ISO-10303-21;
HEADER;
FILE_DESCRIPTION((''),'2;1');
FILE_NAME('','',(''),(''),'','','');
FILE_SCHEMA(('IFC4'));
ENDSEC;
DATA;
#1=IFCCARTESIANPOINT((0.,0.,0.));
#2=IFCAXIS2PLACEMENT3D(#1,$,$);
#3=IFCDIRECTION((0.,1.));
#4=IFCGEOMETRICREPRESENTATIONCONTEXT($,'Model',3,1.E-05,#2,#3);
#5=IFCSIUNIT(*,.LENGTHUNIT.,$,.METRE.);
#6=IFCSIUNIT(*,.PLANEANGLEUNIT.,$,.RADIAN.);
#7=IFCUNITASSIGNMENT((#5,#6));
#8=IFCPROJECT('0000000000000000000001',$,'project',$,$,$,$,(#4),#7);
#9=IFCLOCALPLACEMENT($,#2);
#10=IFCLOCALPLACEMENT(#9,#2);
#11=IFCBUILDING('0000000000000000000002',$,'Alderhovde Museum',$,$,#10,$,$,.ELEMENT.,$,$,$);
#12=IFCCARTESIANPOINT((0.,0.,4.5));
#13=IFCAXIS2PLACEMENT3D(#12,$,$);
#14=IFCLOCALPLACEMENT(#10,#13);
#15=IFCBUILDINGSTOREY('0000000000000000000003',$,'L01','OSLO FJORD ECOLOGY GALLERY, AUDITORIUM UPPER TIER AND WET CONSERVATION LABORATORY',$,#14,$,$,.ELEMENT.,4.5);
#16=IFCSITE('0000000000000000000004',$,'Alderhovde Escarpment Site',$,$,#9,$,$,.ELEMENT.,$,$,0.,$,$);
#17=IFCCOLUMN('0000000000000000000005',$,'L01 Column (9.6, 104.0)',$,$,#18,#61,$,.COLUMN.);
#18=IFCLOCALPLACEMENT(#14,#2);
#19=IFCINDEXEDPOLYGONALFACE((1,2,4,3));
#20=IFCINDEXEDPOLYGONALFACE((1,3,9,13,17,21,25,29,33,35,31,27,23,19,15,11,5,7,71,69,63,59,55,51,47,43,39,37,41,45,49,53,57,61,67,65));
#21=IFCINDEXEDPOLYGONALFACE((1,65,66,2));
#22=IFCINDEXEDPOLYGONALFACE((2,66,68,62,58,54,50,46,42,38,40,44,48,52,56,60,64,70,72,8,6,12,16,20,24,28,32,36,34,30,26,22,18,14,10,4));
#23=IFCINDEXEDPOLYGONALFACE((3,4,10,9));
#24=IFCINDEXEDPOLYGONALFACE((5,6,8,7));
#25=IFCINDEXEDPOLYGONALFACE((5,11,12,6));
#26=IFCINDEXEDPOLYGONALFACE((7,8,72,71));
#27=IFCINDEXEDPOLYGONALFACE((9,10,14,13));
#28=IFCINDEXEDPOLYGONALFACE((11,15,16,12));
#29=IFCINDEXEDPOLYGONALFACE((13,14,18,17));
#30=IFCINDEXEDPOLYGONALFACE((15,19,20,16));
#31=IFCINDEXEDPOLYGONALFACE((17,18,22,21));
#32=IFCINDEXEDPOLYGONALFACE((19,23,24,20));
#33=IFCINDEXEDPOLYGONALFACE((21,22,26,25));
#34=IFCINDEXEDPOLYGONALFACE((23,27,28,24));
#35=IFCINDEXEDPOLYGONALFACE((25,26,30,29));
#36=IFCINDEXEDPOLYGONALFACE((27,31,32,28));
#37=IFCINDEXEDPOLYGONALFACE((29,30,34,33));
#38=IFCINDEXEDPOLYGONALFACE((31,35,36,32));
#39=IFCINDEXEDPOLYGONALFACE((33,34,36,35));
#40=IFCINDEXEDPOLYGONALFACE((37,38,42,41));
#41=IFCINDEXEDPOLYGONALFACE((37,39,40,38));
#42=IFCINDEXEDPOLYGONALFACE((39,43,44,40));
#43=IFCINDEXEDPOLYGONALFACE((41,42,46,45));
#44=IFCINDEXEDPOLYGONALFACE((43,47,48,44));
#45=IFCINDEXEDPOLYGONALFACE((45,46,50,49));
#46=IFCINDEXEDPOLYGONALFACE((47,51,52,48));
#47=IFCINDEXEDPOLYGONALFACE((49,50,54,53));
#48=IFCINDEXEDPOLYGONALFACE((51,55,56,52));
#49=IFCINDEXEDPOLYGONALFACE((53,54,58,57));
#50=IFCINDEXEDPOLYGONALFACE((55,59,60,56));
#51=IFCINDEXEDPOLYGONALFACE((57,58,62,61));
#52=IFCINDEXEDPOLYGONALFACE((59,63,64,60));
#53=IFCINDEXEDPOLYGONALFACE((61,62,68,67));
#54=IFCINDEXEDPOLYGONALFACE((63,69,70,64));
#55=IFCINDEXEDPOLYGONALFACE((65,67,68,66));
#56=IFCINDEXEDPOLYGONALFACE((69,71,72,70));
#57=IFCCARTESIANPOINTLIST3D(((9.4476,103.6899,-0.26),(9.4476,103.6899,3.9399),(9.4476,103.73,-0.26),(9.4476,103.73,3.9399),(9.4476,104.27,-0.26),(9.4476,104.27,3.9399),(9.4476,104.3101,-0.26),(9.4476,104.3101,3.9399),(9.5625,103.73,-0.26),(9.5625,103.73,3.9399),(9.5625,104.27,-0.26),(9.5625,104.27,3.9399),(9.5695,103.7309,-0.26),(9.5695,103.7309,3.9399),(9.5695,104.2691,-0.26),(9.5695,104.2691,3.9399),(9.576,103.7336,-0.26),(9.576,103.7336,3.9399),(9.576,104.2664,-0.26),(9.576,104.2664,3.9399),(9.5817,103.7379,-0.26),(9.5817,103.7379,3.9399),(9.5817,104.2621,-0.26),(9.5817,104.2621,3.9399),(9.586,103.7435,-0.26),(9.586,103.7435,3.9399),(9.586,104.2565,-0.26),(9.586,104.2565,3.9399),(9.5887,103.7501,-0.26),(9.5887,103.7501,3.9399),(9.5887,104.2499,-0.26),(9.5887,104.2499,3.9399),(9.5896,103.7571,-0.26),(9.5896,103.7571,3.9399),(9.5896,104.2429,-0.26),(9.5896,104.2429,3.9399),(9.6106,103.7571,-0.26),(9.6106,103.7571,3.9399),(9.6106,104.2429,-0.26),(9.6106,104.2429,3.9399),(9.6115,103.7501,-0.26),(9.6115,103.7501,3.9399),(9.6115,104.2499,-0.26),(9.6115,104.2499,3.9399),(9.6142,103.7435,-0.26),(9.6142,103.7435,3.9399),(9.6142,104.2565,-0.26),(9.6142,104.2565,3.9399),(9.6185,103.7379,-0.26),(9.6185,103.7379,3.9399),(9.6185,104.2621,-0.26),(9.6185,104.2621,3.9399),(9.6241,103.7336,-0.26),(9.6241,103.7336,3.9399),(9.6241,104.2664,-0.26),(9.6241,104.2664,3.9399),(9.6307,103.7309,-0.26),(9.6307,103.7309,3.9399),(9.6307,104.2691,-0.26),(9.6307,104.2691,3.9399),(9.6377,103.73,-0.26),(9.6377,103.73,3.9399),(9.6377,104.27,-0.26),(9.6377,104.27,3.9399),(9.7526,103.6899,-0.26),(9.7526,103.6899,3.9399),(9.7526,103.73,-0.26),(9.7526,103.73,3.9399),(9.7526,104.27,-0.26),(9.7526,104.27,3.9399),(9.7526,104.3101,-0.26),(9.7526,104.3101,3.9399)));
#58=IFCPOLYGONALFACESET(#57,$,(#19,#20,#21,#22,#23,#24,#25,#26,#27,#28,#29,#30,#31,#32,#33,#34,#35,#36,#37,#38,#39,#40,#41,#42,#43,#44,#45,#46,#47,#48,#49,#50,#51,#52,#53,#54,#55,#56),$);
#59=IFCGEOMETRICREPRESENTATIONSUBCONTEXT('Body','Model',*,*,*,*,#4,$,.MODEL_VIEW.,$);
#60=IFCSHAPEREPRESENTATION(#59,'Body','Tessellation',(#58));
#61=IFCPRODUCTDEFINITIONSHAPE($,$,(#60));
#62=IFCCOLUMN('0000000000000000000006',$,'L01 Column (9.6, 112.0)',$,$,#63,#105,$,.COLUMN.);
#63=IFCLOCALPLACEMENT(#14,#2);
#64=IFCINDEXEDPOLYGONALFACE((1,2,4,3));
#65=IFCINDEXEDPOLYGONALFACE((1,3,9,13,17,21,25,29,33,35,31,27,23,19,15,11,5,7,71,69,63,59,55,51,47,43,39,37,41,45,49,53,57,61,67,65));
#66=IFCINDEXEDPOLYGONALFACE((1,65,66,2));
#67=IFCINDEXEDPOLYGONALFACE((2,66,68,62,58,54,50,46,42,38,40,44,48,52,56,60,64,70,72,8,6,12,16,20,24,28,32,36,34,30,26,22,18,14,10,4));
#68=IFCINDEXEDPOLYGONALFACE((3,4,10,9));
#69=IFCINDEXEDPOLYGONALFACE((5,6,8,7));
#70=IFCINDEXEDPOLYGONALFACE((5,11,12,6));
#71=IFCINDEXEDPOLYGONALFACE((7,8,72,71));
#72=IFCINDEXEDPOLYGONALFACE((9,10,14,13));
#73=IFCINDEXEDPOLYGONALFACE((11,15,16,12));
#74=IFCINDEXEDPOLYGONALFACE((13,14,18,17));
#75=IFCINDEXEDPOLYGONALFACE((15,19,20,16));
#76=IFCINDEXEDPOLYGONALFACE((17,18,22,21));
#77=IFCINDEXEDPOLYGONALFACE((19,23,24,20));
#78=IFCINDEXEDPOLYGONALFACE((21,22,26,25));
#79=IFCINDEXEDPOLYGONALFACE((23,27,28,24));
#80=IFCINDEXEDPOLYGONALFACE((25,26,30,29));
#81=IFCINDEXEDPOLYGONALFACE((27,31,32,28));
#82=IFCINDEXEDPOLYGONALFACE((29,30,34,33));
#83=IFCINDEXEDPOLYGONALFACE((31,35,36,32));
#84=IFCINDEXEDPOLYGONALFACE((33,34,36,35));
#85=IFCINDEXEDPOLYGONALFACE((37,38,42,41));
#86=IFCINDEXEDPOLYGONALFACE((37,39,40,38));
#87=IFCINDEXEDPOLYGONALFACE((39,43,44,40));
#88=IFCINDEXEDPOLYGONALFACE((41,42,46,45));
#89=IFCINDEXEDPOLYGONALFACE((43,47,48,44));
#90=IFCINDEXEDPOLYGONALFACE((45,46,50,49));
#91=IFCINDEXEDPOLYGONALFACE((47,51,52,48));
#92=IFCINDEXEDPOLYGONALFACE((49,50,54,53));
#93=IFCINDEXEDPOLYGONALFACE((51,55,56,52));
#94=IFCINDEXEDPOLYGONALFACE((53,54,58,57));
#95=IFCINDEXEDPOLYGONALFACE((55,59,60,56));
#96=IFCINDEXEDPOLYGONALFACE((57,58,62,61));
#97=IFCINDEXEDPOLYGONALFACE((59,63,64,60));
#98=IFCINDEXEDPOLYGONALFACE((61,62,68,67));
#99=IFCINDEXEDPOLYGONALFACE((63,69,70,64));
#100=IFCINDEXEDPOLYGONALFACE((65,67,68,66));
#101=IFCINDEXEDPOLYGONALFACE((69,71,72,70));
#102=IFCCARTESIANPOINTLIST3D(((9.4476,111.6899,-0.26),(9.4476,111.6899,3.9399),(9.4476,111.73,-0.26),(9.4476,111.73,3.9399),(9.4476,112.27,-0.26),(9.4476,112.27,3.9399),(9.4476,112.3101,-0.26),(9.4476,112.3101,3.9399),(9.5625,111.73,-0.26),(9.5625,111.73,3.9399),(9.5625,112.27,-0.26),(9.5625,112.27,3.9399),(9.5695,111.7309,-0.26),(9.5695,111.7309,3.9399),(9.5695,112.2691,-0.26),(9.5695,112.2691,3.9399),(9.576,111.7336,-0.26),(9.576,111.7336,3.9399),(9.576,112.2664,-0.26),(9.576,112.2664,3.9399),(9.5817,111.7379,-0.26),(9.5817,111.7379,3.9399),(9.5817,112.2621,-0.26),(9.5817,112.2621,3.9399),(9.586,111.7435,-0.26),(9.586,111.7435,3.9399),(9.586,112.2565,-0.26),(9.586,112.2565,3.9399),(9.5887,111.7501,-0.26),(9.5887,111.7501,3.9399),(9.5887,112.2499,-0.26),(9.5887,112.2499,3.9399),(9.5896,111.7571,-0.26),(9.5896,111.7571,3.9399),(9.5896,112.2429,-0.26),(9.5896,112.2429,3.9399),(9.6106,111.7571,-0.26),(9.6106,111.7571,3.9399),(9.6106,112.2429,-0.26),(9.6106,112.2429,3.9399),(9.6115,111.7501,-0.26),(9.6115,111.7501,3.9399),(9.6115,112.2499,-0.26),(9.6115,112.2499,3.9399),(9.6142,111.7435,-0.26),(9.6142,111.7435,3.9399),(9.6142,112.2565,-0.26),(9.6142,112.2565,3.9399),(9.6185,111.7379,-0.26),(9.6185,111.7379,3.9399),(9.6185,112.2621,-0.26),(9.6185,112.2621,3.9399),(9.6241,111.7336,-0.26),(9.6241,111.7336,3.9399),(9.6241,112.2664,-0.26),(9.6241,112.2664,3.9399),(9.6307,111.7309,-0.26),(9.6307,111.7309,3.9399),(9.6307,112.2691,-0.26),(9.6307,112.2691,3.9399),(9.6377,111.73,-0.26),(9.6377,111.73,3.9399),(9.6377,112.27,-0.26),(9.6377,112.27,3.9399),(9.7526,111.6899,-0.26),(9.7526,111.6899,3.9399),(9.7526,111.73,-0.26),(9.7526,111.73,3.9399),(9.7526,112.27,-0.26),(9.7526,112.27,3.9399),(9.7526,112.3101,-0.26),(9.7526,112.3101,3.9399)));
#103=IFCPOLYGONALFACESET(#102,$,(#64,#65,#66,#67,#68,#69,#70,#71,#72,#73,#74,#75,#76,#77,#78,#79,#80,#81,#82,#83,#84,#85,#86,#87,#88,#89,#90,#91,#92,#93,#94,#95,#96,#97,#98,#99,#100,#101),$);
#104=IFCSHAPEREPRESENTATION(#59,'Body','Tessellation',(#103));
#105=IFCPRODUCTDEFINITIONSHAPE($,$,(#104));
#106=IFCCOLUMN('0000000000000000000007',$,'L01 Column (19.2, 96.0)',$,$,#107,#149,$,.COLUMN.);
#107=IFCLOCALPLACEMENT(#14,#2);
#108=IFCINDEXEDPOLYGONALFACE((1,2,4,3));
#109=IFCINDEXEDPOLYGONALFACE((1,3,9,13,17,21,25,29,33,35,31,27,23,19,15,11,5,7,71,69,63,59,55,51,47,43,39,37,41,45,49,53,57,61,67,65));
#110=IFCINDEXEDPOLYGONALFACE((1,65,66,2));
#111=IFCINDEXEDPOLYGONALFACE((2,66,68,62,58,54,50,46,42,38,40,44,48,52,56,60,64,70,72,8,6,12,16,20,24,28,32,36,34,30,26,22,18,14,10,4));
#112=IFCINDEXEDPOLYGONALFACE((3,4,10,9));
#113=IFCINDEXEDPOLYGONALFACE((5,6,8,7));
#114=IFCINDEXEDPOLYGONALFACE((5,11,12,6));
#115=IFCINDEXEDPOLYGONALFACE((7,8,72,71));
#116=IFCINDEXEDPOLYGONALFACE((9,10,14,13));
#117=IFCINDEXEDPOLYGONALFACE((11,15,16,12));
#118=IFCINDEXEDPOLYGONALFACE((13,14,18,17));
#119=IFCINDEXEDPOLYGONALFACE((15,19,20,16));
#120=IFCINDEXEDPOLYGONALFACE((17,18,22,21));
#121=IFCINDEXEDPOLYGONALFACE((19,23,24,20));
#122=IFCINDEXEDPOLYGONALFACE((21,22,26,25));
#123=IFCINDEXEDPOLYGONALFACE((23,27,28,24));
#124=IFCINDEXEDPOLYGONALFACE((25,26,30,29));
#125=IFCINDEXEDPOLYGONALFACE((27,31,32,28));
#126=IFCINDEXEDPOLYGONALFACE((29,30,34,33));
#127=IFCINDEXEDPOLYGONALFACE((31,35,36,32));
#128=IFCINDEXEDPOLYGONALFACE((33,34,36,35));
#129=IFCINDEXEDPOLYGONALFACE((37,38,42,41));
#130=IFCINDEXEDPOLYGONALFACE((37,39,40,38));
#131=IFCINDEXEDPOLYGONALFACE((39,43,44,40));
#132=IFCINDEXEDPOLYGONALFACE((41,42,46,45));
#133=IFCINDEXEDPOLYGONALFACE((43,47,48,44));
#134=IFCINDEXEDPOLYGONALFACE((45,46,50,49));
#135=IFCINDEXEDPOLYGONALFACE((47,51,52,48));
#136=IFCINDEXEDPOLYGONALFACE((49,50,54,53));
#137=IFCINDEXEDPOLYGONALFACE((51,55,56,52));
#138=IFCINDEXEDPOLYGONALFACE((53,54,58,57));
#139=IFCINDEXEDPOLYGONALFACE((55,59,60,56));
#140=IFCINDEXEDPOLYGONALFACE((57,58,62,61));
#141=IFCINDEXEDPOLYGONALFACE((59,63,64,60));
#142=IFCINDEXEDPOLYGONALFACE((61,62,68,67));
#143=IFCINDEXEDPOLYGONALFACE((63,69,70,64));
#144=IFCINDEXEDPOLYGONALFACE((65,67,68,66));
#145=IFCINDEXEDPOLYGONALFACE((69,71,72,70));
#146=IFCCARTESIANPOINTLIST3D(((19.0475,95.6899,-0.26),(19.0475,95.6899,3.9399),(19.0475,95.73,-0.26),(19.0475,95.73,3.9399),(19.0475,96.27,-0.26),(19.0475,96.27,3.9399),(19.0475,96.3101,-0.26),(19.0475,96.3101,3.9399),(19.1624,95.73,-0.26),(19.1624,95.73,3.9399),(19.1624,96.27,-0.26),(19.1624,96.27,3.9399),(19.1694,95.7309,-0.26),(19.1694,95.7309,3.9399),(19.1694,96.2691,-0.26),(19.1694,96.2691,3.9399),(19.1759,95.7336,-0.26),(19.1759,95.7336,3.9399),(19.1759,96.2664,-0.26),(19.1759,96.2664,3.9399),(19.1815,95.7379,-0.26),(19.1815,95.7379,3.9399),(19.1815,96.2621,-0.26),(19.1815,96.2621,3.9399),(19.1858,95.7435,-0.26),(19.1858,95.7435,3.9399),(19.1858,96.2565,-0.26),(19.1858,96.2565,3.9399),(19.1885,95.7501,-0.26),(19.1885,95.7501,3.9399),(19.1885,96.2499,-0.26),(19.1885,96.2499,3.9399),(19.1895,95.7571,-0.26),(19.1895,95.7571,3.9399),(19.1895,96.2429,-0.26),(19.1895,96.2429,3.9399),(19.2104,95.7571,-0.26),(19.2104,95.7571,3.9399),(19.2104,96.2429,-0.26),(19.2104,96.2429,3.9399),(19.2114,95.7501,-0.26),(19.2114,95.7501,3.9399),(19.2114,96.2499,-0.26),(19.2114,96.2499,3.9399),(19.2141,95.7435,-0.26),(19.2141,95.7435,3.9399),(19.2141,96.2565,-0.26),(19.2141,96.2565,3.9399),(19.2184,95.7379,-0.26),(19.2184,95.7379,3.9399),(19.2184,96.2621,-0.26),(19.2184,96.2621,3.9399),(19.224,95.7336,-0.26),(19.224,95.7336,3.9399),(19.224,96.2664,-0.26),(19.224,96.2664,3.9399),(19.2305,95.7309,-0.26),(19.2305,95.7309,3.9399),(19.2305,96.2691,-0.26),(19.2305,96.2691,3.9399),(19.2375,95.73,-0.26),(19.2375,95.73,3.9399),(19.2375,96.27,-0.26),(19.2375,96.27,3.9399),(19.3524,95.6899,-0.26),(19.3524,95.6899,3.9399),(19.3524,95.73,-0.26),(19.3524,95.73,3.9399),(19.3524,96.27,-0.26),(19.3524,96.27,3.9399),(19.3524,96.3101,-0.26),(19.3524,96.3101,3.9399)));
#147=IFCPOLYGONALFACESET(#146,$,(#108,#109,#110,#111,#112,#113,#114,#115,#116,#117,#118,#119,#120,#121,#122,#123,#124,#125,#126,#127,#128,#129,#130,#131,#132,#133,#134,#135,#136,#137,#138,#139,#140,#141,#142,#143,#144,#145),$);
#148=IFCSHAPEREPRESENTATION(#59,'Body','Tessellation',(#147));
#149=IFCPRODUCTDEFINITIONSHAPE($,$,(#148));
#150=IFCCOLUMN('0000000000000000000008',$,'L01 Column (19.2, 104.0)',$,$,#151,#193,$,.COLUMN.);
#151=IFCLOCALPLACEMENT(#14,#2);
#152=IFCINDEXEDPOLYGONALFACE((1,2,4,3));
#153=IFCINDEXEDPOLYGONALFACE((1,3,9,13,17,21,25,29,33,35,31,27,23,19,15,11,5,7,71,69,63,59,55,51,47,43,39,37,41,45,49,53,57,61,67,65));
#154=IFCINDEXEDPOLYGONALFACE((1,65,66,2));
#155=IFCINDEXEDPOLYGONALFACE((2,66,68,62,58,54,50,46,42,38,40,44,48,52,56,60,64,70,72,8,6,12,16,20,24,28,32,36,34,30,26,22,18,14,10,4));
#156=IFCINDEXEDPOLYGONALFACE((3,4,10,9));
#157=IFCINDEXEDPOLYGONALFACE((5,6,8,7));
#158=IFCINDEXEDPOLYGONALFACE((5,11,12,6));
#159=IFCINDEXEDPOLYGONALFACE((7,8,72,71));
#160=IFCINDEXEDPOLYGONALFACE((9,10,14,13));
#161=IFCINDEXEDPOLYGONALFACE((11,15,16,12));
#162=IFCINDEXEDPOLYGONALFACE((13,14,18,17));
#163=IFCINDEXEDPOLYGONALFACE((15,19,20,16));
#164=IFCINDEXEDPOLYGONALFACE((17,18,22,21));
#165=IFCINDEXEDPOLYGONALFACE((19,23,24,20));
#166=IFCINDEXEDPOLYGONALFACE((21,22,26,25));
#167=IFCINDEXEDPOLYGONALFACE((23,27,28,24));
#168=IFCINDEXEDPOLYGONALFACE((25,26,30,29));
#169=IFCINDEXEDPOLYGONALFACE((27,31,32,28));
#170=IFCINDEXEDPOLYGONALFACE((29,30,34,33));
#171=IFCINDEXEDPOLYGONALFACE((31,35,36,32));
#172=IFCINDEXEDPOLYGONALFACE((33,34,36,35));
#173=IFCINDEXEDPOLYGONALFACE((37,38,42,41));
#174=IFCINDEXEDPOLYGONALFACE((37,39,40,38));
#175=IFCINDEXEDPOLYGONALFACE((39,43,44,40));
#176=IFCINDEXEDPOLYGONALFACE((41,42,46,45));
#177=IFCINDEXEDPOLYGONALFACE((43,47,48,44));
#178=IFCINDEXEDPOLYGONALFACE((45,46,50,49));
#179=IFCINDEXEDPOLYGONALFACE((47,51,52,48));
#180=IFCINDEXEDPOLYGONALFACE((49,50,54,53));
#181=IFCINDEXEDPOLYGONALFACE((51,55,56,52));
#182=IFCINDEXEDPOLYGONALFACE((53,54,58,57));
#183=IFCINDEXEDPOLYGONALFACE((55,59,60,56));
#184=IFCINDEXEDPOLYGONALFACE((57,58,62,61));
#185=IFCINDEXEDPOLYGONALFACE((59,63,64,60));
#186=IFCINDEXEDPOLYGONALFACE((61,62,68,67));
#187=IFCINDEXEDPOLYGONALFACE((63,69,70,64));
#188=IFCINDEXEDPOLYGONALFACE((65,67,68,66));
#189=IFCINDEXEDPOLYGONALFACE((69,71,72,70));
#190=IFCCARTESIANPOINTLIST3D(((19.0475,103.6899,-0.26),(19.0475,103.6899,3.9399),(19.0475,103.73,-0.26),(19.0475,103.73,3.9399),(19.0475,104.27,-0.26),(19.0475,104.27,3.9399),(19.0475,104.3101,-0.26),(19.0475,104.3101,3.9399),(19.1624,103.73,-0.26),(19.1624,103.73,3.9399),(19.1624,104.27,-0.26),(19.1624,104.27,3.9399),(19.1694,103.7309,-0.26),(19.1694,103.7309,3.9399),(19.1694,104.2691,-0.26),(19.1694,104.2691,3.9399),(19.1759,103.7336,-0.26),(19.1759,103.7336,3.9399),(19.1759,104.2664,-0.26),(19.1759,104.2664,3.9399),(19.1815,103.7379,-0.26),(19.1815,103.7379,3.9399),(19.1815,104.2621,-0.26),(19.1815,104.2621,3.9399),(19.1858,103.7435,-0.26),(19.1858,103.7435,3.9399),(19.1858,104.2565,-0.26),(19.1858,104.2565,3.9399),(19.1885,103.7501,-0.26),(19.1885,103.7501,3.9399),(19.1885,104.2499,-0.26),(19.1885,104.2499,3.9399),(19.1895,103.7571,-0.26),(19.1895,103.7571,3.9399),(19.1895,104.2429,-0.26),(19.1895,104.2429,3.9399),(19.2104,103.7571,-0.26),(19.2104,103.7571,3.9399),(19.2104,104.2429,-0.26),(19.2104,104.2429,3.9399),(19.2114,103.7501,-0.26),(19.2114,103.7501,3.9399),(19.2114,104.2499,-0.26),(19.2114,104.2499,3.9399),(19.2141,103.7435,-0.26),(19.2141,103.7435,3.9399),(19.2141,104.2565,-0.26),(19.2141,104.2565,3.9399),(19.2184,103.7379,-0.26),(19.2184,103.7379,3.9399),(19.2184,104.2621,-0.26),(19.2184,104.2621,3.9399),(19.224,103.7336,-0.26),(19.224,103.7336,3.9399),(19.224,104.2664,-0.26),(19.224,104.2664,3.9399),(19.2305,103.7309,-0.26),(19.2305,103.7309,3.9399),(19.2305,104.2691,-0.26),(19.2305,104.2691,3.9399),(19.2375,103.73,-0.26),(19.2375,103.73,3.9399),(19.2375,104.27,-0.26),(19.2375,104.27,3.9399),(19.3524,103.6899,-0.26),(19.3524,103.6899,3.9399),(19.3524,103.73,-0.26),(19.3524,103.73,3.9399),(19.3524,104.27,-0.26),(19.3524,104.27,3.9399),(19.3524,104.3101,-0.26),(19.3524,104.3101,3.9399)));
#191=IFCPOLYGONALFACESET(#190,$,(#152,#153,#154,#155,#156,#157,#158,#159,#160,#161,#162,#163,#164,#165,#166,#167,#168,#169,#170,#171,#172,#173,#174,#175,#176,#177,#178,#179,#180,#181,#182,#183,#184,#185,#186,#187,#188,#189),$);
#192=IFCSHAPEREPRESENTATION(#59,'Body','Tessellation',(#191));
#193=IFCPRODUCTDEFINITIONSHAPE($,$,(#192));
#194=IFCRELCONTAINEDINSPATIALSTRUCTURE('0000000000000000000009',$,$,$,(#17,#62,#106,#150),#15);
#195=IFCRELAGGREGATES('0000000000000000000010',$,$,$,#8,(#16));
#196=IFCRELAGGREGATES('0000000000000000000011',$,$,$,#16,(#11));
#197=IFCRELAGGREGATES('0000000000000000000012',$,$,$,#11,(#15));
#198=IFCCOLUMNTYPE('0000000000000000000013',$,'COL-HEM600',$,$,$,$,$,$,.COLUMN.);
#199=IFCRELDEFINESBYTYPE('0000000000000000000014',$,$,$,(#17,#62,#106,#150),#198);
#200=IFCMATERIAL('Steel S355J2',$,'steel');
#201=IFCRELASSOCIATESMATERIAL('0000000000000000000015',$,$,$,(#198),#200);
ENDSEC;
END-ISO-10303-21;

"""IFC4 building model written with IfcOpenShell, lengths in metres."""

from ifc_helpers import new_model, si_unit, direction, frame, origin, origin_2d, place, context, subcontext, project, spatial, i_section, extrude, material, material_profile, profile_set, type_object, element, save


model = new_model("IFC4")

# Units and contexts
model_context = context("Model", 3, precision=1e-05, world=origin(), true_north=direction((0.0, 1.0)))
body_context = subcontext(model_context, "Body", "Model", "MODEL_VIEW")
ifc_project = project(units=[si_unit("LENGTHUNIT", "METRE"), si_unit("PLANEANGLEUNIT", "RADIAN")], contexts=[model_context])

# Site, building, storey
site_placement = place(None, origin())
site = spatial("IfcSite", under=ifc_project, at=site_placement, Name="Alderhovde Escarpment Site", CompositionType="ELEMENT", RefElevation=0.0)
building_placement = place(site_placement, origin())
building = spatial("IfcBuilding", under=site, at=building_placement, Name="Alderhovde Museum", CompositionType="ELEMENT")
storey_placement = place(building_placement, frame((0.0, 0.0, 4.5)))
storey = spatial("IfcBuildingStorey", under=building, at=storey_placement, Name="L01", Description="OSLO FJORD ECOLOGY GALLERY, AUDITORIUM UPPER TIER AND WET CONSERVATION LABORATORY", CompositionType="ELEMENT", Elevation=4.5)

# Columns
ifc_material_1 = material(Name="Steel S355J2", Category="steel")
ifc_material_profile_1 = material_profile(ifc_material_1, i_section(OverallWidth=0.3049, OverallDepth=0.6201, WebThickness=0.021, FlangeThickness=0.04, FilletRadius=0.0271, at=origin_2d()), Name="HEM 600")
ifc_profile_set_1 = profile_set([ifc_material_profile_1], Name="Steel S355J2")
column_type_1 = type_object("IfcColumnType", Name="COL-HEM600", PredefinedType="COLUMN", material=ifc_profile_set_1)
for number, where, z_axis, x_axis, name in (
    (1, (9.6001, 104.0, -0.26), (0.0, 0.0, 1.0), (1.0, 0.0, 0.0), "L01 Column (9.6, 104.0)"),
    (2, (9.6001, 112.0, -0.26), (0.0, 0.0, 1.0), (1.0, 0.0, 0.0), "L01 Column (9.6, 112.0)"),
    (3, (19.2, 96.0, -0.26), (0.0, 0.0, 1.0), (1.0, 0.0, 0.0), "L01 Column (19.2, 96.0)"),
    (4, (19.2, 104.0, -0.26), (0.0, 0.0, 1.0), (1.0, 0.0, 0.0), "L01 Column (19.2, 104.0)"),
):
    element("IfcColumn", number, at=place(storey_placement, frame(where, z_axis=z_axis, x_axis=x_axis)), inside=storey, type_object=column_type_1, Name=name, PredefinedType="COLUMN", context=body_context, shape_type="SweptSolid", body=[
        extrude(i_section(OverallWidth=0.3049, OverallDepth=0.6201, WebThickness=0.021, FlangeThickness=0.04, FilletRadius=0.0271, at=origin_2d()), origin(), (0.0, 0.0, 1.0), 4.2),
    ])

save(model, "model.ifc")
